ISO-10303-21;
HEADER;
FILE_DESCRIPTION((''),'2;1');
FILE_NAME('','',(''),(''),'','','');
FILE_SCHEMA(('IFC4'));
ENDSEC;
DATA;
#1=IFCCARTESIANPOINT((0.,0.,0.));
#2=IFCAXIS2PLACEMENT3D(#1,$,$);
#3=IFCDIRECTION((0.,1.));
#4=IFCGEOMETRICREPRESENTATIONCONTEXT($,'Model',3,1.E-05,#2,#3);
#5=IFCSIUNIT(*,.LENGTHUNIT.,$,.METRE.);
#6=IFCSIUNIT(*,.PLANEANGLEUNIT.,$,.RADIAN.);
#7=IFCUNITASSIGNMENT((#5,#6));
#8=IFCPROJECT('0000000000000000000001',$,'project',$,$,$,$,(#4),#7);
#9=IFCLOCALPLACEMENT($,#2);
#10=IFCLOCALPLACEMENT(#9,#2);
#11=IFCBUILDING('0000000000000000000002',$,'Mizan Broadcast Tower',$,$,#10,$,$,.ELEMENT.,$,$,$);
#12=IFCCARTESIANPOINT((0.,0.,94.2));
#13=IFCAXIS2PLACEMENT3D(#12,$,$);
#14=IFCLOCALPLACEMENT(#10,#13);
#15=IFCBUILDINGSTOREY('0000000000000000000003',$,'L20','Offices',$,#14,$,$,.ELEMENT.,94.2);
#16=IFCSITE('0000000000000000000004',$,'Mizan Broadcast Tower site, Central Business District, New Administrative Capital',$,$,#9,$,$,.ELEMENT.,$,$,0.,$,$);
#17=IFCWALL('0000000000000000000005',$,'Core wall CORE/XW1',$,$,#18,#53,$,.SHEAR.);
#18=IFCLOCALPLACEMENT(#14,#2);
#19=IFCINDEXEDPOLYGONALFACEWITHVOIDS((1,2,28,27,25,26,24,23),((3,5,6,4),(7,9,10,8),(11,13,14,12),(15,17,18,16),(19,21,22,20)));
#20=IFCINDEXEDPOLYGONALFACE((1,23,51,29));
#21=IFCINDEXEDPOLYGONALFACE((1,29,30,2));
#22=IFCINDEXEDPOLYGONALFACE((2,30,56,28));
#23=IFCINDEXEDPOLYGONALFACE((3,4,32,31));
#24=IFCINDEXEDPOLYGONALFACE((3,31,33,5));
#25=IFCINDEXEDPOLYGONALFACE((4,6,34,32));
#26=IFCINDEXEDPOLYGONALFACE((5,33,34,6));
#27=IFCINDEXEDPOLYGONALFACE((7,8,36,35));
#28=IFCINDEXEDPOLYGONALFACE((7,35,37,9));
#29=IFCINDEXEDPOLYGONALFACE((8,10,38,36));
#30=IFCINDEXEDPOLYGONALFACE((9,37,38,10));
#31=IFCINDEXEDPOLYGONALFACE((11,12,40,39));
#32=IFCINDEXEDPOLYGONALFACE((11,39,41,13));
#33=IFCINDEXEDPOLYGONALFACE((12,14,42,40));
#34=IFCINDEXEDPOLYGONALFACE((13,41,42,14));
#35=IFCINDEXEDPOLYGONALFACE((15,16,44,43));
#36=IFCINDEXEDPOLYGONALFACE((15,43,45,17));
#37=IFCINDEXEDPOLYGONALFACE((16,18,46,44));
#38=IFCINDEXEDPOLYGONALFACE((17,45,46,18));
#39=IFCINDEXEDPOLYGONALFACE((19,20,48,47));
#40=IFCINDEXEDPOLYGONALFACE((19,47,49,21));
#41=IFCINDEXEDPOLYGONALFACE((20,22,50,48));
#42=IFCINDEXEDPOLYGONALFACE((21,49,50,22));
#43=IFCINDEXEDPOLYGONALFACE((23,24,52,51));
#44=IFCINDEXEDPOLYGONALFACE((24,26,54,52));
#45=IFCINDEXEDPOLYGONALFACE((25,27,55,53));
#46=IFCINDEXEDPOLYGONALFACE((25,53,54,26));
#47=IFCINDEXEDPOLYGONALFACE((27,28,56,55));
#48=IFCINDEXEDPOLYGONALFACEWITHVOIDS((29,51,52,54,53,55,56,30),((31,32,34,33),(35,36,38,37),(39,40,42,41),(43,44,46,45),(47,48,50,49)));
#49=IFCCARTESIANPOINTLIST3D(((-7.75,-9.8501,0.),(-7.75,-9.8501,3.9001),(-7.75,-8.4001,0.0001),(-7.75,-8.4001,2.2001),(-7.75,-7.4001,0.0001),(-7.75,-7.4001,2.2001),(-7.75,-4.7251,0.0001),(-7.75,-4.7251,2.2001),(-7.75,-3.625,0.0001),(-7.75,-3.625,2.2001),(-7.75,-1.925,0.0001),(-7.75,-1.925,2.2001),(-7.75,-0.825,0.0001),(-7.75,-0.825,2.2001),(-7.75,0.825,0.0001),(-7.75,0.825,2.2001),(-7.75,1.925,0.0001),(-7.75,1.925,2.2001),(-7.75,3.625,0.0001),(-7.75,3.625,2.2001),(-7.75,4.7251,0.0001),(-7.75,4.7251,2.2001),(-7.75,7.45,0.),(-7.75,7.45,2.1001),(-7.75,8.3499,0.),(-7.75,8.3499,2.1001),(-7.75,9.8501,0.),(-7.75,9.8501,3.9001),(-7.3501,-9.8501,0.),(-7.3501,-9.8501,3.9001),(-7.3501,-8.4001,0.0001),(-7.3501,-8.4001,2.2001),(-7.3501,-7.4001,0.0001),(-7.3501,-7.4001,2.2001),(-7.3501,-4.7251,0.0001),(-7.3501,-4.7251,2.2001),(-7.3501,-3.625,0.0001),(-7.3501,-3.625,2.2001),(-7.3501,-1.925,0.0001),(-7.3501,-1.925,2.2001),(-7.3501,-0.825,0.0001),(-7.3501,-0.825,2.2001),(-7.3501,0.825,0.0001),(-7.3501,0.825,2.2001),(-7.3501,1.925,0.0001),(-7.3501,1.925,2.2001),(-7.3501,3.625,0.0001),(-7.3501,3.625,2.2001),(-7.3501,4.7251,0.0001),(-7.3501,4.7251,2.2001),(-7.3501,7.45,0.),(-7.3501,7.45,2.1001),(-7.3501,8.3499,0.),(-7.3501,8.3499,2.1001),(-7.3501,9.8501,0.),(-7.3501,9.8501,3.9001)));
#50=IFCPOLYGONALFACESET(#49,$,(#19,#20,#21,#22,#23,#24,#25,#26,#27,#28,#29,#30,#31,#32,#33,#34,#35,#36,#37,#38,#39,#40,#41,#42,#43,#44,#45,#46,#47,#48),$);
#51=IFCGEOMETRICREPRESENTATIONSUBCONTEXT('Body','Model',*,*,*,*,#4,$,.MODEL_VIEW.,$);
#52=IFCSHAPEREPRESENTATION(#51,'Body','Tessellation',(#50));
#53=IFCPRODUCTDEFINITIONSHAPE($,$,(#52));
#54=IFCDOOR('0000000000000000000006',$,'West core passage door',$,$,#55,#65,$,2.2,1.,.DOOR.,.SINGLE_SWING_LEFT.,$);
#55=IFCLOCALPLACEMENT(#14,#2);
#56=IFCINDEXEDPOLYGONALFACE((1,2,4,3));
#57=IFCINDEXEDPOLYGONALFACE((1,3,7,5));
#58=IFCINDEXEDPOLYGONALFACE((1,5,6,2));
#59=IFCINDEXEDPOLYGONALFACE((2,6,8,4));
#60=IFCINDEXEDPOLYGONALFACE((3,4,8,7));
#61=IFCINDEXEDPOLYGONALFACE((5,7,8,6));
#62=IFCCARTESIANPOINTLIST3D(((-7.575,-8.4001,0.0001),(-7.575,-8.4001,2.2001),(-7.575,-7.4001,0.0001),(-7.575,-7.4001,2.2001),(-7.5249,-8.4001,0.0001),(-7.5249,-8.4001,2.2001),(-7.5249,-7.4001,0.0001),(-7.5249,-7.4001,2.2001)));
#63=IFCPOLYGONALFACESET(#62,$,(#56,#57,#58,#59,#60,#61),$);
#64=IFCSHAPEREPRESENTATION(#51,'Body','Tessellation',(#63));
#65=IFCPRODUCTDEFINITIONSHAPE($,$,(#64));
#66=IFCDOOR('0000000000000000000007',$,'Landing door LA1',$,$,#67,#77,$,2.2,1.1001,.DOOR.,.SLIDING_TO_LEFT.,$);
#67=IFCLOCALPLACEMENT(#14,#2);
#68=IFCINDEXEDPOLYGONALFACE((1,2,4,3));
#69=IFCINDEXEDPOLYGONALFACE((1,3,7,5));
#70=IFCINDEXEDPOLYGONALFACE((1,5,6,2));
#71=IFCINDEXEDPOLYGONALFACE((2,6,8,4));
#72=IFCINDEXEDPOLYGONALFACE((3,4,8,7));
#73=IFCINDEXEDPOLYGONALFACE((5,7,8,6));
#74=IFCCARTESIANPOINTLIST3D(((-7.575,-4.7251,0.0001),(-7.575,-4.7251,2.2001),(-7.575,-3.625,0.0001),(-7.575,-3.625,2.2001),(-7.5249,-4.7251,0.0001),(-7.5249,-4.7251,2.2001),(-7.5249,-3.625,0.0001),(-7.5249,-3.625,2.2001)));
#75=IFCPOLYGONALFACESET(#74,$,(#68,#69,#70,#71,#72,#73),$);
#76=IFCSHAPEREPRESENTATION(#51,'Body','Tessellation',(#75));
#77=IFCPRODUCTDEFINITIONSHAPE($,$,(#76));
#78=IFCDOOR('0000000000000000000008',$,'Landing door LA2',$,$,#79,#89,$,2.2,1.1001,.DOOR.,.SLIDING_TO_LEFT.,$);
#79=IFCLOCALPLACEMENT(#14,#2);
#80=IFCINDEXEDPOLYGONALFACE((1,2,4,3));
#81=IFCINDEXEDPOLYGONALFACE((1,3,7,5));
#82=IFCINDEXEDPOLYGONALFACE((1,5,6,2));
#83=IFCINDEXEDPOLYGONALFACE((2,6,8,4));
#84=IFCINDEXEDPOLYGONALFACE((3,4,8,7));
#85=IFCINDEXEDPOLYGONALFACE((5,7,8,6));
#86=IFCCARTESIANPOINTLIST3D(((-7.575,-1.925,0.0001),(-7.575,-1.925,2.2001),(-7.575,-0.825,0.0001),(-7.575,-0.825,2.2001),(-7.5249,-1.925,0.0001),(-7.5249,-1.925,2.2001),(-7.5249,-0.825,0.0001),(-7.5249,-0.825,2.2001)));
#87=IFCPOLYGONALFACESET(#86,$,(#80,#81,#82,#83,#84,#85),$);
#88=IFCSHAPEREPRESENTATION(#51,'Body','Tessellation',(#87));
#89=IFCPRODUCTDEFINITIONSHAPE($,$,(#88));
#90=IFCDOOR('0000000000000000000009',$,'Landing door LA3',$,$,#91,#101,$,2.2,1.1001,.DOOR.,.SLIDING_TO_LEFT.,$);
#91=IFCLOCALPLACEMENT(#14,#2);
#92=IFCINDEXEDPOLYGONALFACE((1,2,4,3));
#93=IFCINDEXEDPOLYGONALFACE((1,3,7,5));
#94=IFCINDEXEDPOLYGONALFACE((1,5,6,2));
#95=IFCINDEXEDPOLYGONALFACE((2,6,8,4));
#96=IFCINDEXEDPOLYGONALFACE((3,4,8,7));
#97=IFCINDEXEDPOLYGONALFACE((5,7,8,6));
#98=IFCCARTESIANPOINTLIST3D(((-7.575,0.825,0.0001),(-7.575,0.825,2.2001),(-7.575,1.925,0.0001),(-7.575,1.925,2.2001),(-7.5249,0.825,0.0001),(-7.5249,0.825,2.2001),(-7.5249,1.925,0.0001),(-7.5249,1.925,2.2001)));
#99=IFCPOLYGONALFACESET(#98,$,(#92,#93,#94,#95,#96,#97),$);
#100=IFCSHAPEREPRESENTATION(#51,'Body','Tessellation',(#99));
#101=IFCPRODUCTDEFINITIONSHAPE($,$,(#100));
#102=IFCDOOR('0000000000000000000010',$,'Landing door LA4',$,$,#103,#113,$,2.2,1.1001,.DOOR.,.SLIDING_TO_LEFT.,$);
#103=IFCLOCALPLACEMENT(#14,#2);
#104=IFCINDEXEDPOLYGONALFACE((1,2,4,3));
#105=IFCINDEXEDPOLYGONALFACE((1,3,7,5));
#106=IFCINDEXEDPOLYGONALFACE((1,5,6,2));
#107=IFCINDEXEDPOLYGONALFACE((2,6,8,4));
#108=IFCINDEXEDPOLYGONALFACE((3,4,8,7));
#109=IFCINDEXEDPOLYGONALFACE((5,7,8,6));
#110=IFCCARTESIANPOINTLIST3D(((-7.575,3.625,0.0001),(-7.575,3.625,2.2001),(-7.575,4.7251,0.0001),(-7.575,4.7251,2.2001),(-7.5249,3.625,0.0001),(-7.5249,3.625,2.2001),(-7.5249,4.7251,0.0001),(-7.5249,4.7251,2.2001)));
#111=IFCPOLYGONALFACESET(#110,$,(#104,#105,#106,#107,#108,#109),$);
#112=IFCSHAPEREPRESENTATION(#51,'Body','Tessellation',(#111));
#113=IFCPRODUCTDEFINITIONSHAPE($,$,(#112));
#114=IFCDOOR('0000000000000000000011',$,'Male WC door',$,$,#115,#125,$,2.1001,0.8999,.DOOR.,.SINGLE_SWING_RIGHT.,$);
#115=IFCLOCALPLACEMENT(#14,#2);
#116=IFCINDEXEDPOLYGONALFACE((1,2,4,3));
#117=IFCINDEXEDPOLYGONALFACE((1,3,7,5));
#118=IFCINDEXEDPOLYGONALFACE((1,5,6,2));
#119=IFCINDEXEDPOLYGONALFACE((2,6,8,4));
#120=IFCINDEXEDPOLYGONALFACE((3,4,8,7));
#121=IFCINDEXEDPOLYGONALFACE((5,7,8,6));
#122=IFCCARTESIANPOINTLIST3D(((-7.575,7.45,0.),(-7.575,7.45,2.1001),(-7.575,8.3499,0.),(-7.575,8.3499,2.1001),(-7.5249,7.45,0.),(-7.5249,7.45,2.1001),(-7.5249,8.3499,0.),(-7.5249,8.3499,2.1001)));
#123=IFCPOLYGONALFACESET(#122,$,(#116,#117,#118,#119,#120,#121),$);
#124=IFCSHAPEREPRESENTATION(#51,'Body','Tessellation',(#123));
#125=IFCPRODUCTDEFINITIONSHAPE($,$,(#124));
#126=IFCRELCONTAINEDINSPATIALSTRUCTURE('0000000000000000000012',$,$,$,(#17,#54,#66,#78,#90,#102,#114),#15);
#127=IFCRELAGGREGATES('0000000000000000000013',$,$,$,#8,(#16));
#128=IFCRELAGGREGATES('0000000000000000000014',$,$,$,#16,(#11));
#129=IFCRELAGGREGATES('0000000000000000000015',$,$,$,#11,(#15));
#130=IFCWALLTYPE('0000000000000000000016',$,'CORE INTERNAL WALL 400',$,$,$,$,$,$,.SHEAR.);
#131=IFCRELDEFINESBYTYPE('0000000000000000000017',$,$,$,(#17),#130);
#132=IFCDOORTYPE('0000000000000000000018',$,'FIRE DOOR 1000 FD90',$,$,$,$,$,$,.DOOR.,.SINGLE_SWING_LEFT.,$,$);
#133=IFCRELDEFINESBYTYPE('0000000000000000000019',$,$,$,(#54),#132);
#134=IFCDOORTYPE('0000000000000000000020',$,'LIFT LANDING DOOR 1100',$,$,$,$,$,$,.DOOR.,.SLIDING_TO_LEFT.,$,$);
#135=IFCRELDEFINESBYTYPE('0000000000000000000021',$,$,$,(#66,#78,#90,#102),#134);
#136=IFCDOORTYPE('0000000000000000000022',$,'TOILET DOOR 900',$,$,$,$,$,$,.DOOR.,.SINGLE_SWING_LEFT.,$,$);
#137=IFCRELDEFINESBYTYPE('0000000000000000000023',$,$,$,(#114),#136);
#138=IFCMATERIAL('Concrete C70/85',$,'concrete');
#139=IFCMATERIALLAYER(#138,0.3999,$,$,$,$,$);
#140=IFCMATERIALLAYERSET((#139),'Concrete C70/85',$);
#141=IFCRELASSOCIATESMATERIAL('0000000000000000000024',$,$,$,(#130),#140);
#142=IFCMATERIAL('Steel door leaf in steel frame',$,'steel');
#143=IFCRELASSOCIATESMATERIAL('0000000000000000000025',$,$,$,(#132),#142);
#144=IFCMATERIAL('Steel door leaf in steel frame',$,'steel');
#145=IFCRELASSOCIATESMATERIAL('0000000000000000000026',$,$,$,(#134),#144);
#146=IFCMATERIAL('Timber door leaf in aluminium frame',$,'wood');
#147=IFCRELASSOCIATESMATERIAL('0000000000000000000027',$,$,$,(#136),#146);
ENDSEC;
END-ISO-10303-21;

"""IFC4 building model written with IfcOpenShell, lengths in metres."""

from ifc_helpers import new_model, si_unit, direction, frame, frame_2d, origin, place, context, subcontext, project, spatial, rectangle, extrude, material, layer, layer_set, type_object, element, fill, save


model = new_model("IFC4")

# Units and contexts
model_context = context("Model", 3, precision=1e-05, world=origin(), true_north=direction((0.0, 1.0)))
body_context = subcontext(model_context, "Body", "Model", "MODEL_VIEW")
ifc_project = project(units=[si_unit("LENGTHUNIT", "METRE"), si_unit("PLANEANGLEUNIT", "RADIAN")], contexts=[model_context])

# Site, building, storey
site_placement = place(None, origin())
site = spatial("IfcSite", under=ifc_project, at=site_placement, Name="Mizan Broadcast Tower site, Central Business District, New Administrative Capital", CompositionType="ELEMENT", RefElevation=0.0)
building_placement = place(site_placement, origin())
building = spatial("IfcBuilding", under=site, at=building_placement, Name="Mizan Broadcast Tower", CompositionType="ELEMENT")
storey_placement = place(building_placement, frame((0.0, 0.0, 94.2)))
storey = spatial("IfcBuildingStorey", under=building, at=storey_placement, Name="L20", Description="Offices", CompositionType="ELEMENT", Elevation=94.2)

# Wall, openings, doors
ifc_material_1 = material(Name="Concrete C70/85", Category="concrete")
ifc_layer_1 = layer(ifc_material_1, 0.3999)
ifc_layer_set_1 = layer_set([ifc_layer_1], Name="Concrete C70/85")
wall_type_1 = type_object("IfcWallType", Name="CORE INTERNAL WALL 400", PredefinedType="SHEAR", material=ifc_layer_set_1)
wall_1_placement = place(storey_placement, frame((-7.55, -9.8501, 0.0), z_axis=(0.0, 0.0, 1.0), x_axis=(0.0, 1.0, 0.0)))
wall_1 = element("IfcWall", 1, at=wall_1_placement, inside=storey, type_object=wall_type_1, Name="Core wall CORE/XW1", PredefinedType="SHEAR", context=body_context, shape_type="SweptSolid", body=[
    extrude(rectangle(XDim=19.7002, YDim=0.3999, at=frame_2d((9.8501, 0.0))), origin(), (0.0, 0.0, 1.0), 3.9001),
])
opening_1_placement = place(wall_1_placement, frame((1.45, 0.0, 0.0)))
opening_1 = element("IfcOpeningElement", 2, at=opening_1_placement, cuts=wall_1, PredefinedType="OPENING", context=body_context, shape_type="SweptSolid", body=[
    extrude(rectangle(XDim=1.0, YDim=2.2, at=frame_2d((0.5, 1.1001))), frame((0.0, 0.21, 0.0), z_axis=(0.0, -1.0, 0.0), x_axis=(1.0, 0.0, 0.0)), (0.0, 0.0, 1.0), 0.4199),
])
opening_2_placement = place(wall_1_placement, frame((17.3, 0.0, 0.0)))
opening_2 = element("IfcOpeningElement", 3, at=opening_2_placement, cuts=wall_1, PredefinedType="OPENING", context=body_context, shape_type="SweptSolid", body=[
    extrude(rectangle(XDim=0.8999, YDim=2.1001, at=frame_2d((0.45, 1.05))), frame((0.0, 0.21, 0.0), z_axis=(0.0, -1.0, 0.0), x_axis=(1.0, 0.0, 0.0)), (0.0, 0.0, 1.0), 0.4199),
])
opening_3_placement = place(wall_1_placement, frame((5.125, 0.0, 0.0)))
opening_3 = element("IfcOpeningElement", 4, at=opening_3_placement, cuts=wall_1, PredefinedType="OPENING", context=body_context, shape_type="SweptSolid", body=[
    extrude(rectangle(XDim=1.1001, YDim=2.2, at=frame_2d((0.55, 1.1001))), frame((0.0, 0.21, 0.0), z_axis=(0.0, -1.0, 0.0), x_axis=(1.0, 0.0, 0.0)), (0.0, 0.0, 1.0), 0.4199),
])
opening_4_placement = place(wall_1_placement, frame((7.925, 0.0, 0.0)))
opening_4 = element("IfcOpeningElement", 5, at=opening_4_placement, cuts=wall_1, PredefinedType="OPENING", context=body_context, shape_type="SweptSolid", body=[
    extrude(rectangle(XDim=1.1001, YDim=2.2, at=frame_2d((0.55, 1.1001))), frame((0.0, 0.21, 0.0), z_axis=(0.0, -1.0, 0.0), x_axis=(1.0, 0.0, 0.0)), (0.0, 0.0, 1.0), 0.4199),
])
opening_5_placement = place(wall_1_placement, frame((10.675, 0.0, 0.0)))
opening_5 = element("IfcOpeningElement", 6, at=opening_5_placement, cuts=wall_1, PredefinedType="OPENING", context=body_context, shape_type="SweptSolid", body=[
    extrude(rectangle(XDim=1.1001, YDim=2.2, at=frame_2d((0.55, 1.1001))), frame((0.0, 0.21, 0.0), z_axis=(0.0, -1.0, 0.0), x_axis=(1.0, 0.0, 0.0)), (0.0, 0.0, 1.0), 0.4199),
])
opening_6_placement = place(wall_1_placement, frame((13.4751, 0.0, 0.0)))
opening_6 = element("IfcOpeningElement", 7, at=opening_6_placement, cuts=wall_1, PredefinedType="OPENING", context=body_context, shape_type="SweptSolid", body=[
    extrude(rectangle(XDim=1.1001, YDim=2.2, at=frame_2d((0.55, 1.1001))), frame((0.0, 0.21, 0.0), z_axis=(0.0, -1.0, 0.0), x_axis=(1.0, 0.0, 0.0)), (0.0, 0.0, 1.0), 0.4199),
])
ifc_material_2 = material(Name="Steel door leaf in steel frame", Category="steel")
door_type_1 = type_object("IfcDoorType", Name="FIRE DOOR 1000 FD90", OperationType="SINGLE_SWING_LEFT", PredefinedType="DOOR", material=ifc_material_2)
door_1_placement = place(opening_1_placement, origin())
door_1 = element("IfcDoor", 8, at=door_1_placement, inside=storey, type_object=door_type_1, Name="West core passage door", OperationType="SINGLE_SWING_LEFT", OverallHeight=2.2, OverallWidth=1.0, PredefinedType="DOOR", context=body_context, shape_type="SweptSolid", body=[
    extrude(rectangle(XDim=1.0, YDim=2.2, at=frame_2d((0.5, 1.1001))), frame((0.0, 0.0249, 0.0), z_axis=(0.0, -1.0, 0.0), x_axis=(1.0, 0.0, 0.0)), (0.0, 0.0, 1.0), 0.05),
])
fill(opening_1, door_1)
ifc_material_3 = material(Name="Steel door leaf in steel frame", Category="steel")
door_type_2 = type_object("IfcDoorType", Name="LIFT LANDING DOOR 1100", OperationType="SLIDING_TO_LEFT", PredefinedType="DOOR", material=ifc_material_3)
door_2_placement = place(opening_3_placement, origin())
door_2 = element("IfcDoor", 9, at=door_2_placement, inside=storey, type_object=door_type_2, Name="Landing door LA1", OperationType="SLIDING_TO_LEFT", OverallHeight=2.2, OverallWidth=1.1001, PredefinedType="DOOR", context=body_context, shape_type="SweptSolid", body=[
    extrude(rectangle(XDim=1.1001, YDim=2.2, at=frame_2d((0.55, 1.1001))), frame((0.0, 0.0249, 0.0), z_axis=(0.0, -1.0, 0.0), x_axis=(1.0, 0.0, 0.0)), (0.0, 0.0, 1.0), 0.05),
])
fill(opening_3, door_2)
door_3_placement = place(opening_4_placement, origin())
door_3 = element("IfcDoor", 10, at=door_3_placement, inside=storey, type_object=door_type_2, Name="Landing door LA2", OperationType="SLIDING_TO_LEFT", OverallHeight=2.2, OverallWidth=1.1001, PredefinedType="DOOR", context=body_context, shape_type="SweptSolid", body=[
    extrude(rectangle(XDim=1.1001, YDim=2.2, at=frame_2d((0.55, 1.1001))), frame((0.0, 0.0249, 0.0), z_axis=(0.0, -1.0, 0.0), x_axis=(1.0, 0.0, 0.0)), (0.0, 0.0, 1.0), 0.05),
])
fill(opening_4, door_3)
door_4_placement = place(opening_5_placement, origin())
door_4 = element("IfcDoor", 11, at=door_4_placement, inside=storey, type_object=door_type_2, Name="Landing door LA3", OperationType="SLIDING_TO_LEFT", OverallHeight=2.2, OverallWidth=1.1001, PredefinedType="DOOR", context=body_context, shape_type="SweptSolid", body=[
    extrude(rectangle(XDim=1.1001, YDim=2.2, at=frame_2d((0.55, 1.1001))), frame((0.0, 0.0249, 0.0), z_axis=(0.0, -1.0, 0.0), x_axis=(1.0, 0.0, 0.0)), (0.0, 0.0, 1.0), 0.05),
])
fill(opening_5, door_4)
door_5_placement = place(opening_6_placement, origin())
door_5 = element("IfcDoor", 12, at=door_5_placement, inside=storey, type_object=door_type_2, Name="Landing door LA4", OperationType="SLIDING_TO_LEFT", OverallHeight=2.2, OverallWidth=1.1001, PredefinedType="DOOR", context=body_context, shape_type="SweptSolid", body=[
    extrude(rectangle(XDim=1.1001, YDim=2.2, at=frame_2d((0.55, 1.1001))), frame((0.0, 0.0249, 0.0), z_axis=(0.0, -1.0, 0.0), x_axis=(1.0, 0.0, 0.0)), (0.0, 0.0, 1.0), 0.05),
])
fill(opening_6, door_5)
ifc_material_4 = material(Name="Timber door leaf in aluminium frame", Category="wood")
door_type_3 = type_object("IfcDoorType", Name="TOILET DOOR 900", OperationType="SINGLE_SWING_LEFT", PredefinedType="DOOR", material=ifc_material_4)
door_6_placement = place(opening_2_placement, origin())
door_6 = element("IfcDoor", 13, at=door_6_placement, inside=storey, type_object=door_type_3, Name="Male WC door", OperationType="SINGLE_SWING_RIGHT", OverallHeight=2.1001, OverallWidth=0.8999, PredefinedType="DOOR", context=body_context, shape_type="SweptSolid", body=[
    extrude(rectangle(XDim=0.8999, YDim=2.1001, at=frame_2d((0.45, 1.05))), frame((0.0, 0.0249, 0.0), z_axis=(0.0, -1.0, 0.0), x_axis=(1.0, 0.0, 0.0)), (0.0, 0.0, 1.0), 0.05),
])
fill(opening_2, door_6)

save(model, "model.ifc")
